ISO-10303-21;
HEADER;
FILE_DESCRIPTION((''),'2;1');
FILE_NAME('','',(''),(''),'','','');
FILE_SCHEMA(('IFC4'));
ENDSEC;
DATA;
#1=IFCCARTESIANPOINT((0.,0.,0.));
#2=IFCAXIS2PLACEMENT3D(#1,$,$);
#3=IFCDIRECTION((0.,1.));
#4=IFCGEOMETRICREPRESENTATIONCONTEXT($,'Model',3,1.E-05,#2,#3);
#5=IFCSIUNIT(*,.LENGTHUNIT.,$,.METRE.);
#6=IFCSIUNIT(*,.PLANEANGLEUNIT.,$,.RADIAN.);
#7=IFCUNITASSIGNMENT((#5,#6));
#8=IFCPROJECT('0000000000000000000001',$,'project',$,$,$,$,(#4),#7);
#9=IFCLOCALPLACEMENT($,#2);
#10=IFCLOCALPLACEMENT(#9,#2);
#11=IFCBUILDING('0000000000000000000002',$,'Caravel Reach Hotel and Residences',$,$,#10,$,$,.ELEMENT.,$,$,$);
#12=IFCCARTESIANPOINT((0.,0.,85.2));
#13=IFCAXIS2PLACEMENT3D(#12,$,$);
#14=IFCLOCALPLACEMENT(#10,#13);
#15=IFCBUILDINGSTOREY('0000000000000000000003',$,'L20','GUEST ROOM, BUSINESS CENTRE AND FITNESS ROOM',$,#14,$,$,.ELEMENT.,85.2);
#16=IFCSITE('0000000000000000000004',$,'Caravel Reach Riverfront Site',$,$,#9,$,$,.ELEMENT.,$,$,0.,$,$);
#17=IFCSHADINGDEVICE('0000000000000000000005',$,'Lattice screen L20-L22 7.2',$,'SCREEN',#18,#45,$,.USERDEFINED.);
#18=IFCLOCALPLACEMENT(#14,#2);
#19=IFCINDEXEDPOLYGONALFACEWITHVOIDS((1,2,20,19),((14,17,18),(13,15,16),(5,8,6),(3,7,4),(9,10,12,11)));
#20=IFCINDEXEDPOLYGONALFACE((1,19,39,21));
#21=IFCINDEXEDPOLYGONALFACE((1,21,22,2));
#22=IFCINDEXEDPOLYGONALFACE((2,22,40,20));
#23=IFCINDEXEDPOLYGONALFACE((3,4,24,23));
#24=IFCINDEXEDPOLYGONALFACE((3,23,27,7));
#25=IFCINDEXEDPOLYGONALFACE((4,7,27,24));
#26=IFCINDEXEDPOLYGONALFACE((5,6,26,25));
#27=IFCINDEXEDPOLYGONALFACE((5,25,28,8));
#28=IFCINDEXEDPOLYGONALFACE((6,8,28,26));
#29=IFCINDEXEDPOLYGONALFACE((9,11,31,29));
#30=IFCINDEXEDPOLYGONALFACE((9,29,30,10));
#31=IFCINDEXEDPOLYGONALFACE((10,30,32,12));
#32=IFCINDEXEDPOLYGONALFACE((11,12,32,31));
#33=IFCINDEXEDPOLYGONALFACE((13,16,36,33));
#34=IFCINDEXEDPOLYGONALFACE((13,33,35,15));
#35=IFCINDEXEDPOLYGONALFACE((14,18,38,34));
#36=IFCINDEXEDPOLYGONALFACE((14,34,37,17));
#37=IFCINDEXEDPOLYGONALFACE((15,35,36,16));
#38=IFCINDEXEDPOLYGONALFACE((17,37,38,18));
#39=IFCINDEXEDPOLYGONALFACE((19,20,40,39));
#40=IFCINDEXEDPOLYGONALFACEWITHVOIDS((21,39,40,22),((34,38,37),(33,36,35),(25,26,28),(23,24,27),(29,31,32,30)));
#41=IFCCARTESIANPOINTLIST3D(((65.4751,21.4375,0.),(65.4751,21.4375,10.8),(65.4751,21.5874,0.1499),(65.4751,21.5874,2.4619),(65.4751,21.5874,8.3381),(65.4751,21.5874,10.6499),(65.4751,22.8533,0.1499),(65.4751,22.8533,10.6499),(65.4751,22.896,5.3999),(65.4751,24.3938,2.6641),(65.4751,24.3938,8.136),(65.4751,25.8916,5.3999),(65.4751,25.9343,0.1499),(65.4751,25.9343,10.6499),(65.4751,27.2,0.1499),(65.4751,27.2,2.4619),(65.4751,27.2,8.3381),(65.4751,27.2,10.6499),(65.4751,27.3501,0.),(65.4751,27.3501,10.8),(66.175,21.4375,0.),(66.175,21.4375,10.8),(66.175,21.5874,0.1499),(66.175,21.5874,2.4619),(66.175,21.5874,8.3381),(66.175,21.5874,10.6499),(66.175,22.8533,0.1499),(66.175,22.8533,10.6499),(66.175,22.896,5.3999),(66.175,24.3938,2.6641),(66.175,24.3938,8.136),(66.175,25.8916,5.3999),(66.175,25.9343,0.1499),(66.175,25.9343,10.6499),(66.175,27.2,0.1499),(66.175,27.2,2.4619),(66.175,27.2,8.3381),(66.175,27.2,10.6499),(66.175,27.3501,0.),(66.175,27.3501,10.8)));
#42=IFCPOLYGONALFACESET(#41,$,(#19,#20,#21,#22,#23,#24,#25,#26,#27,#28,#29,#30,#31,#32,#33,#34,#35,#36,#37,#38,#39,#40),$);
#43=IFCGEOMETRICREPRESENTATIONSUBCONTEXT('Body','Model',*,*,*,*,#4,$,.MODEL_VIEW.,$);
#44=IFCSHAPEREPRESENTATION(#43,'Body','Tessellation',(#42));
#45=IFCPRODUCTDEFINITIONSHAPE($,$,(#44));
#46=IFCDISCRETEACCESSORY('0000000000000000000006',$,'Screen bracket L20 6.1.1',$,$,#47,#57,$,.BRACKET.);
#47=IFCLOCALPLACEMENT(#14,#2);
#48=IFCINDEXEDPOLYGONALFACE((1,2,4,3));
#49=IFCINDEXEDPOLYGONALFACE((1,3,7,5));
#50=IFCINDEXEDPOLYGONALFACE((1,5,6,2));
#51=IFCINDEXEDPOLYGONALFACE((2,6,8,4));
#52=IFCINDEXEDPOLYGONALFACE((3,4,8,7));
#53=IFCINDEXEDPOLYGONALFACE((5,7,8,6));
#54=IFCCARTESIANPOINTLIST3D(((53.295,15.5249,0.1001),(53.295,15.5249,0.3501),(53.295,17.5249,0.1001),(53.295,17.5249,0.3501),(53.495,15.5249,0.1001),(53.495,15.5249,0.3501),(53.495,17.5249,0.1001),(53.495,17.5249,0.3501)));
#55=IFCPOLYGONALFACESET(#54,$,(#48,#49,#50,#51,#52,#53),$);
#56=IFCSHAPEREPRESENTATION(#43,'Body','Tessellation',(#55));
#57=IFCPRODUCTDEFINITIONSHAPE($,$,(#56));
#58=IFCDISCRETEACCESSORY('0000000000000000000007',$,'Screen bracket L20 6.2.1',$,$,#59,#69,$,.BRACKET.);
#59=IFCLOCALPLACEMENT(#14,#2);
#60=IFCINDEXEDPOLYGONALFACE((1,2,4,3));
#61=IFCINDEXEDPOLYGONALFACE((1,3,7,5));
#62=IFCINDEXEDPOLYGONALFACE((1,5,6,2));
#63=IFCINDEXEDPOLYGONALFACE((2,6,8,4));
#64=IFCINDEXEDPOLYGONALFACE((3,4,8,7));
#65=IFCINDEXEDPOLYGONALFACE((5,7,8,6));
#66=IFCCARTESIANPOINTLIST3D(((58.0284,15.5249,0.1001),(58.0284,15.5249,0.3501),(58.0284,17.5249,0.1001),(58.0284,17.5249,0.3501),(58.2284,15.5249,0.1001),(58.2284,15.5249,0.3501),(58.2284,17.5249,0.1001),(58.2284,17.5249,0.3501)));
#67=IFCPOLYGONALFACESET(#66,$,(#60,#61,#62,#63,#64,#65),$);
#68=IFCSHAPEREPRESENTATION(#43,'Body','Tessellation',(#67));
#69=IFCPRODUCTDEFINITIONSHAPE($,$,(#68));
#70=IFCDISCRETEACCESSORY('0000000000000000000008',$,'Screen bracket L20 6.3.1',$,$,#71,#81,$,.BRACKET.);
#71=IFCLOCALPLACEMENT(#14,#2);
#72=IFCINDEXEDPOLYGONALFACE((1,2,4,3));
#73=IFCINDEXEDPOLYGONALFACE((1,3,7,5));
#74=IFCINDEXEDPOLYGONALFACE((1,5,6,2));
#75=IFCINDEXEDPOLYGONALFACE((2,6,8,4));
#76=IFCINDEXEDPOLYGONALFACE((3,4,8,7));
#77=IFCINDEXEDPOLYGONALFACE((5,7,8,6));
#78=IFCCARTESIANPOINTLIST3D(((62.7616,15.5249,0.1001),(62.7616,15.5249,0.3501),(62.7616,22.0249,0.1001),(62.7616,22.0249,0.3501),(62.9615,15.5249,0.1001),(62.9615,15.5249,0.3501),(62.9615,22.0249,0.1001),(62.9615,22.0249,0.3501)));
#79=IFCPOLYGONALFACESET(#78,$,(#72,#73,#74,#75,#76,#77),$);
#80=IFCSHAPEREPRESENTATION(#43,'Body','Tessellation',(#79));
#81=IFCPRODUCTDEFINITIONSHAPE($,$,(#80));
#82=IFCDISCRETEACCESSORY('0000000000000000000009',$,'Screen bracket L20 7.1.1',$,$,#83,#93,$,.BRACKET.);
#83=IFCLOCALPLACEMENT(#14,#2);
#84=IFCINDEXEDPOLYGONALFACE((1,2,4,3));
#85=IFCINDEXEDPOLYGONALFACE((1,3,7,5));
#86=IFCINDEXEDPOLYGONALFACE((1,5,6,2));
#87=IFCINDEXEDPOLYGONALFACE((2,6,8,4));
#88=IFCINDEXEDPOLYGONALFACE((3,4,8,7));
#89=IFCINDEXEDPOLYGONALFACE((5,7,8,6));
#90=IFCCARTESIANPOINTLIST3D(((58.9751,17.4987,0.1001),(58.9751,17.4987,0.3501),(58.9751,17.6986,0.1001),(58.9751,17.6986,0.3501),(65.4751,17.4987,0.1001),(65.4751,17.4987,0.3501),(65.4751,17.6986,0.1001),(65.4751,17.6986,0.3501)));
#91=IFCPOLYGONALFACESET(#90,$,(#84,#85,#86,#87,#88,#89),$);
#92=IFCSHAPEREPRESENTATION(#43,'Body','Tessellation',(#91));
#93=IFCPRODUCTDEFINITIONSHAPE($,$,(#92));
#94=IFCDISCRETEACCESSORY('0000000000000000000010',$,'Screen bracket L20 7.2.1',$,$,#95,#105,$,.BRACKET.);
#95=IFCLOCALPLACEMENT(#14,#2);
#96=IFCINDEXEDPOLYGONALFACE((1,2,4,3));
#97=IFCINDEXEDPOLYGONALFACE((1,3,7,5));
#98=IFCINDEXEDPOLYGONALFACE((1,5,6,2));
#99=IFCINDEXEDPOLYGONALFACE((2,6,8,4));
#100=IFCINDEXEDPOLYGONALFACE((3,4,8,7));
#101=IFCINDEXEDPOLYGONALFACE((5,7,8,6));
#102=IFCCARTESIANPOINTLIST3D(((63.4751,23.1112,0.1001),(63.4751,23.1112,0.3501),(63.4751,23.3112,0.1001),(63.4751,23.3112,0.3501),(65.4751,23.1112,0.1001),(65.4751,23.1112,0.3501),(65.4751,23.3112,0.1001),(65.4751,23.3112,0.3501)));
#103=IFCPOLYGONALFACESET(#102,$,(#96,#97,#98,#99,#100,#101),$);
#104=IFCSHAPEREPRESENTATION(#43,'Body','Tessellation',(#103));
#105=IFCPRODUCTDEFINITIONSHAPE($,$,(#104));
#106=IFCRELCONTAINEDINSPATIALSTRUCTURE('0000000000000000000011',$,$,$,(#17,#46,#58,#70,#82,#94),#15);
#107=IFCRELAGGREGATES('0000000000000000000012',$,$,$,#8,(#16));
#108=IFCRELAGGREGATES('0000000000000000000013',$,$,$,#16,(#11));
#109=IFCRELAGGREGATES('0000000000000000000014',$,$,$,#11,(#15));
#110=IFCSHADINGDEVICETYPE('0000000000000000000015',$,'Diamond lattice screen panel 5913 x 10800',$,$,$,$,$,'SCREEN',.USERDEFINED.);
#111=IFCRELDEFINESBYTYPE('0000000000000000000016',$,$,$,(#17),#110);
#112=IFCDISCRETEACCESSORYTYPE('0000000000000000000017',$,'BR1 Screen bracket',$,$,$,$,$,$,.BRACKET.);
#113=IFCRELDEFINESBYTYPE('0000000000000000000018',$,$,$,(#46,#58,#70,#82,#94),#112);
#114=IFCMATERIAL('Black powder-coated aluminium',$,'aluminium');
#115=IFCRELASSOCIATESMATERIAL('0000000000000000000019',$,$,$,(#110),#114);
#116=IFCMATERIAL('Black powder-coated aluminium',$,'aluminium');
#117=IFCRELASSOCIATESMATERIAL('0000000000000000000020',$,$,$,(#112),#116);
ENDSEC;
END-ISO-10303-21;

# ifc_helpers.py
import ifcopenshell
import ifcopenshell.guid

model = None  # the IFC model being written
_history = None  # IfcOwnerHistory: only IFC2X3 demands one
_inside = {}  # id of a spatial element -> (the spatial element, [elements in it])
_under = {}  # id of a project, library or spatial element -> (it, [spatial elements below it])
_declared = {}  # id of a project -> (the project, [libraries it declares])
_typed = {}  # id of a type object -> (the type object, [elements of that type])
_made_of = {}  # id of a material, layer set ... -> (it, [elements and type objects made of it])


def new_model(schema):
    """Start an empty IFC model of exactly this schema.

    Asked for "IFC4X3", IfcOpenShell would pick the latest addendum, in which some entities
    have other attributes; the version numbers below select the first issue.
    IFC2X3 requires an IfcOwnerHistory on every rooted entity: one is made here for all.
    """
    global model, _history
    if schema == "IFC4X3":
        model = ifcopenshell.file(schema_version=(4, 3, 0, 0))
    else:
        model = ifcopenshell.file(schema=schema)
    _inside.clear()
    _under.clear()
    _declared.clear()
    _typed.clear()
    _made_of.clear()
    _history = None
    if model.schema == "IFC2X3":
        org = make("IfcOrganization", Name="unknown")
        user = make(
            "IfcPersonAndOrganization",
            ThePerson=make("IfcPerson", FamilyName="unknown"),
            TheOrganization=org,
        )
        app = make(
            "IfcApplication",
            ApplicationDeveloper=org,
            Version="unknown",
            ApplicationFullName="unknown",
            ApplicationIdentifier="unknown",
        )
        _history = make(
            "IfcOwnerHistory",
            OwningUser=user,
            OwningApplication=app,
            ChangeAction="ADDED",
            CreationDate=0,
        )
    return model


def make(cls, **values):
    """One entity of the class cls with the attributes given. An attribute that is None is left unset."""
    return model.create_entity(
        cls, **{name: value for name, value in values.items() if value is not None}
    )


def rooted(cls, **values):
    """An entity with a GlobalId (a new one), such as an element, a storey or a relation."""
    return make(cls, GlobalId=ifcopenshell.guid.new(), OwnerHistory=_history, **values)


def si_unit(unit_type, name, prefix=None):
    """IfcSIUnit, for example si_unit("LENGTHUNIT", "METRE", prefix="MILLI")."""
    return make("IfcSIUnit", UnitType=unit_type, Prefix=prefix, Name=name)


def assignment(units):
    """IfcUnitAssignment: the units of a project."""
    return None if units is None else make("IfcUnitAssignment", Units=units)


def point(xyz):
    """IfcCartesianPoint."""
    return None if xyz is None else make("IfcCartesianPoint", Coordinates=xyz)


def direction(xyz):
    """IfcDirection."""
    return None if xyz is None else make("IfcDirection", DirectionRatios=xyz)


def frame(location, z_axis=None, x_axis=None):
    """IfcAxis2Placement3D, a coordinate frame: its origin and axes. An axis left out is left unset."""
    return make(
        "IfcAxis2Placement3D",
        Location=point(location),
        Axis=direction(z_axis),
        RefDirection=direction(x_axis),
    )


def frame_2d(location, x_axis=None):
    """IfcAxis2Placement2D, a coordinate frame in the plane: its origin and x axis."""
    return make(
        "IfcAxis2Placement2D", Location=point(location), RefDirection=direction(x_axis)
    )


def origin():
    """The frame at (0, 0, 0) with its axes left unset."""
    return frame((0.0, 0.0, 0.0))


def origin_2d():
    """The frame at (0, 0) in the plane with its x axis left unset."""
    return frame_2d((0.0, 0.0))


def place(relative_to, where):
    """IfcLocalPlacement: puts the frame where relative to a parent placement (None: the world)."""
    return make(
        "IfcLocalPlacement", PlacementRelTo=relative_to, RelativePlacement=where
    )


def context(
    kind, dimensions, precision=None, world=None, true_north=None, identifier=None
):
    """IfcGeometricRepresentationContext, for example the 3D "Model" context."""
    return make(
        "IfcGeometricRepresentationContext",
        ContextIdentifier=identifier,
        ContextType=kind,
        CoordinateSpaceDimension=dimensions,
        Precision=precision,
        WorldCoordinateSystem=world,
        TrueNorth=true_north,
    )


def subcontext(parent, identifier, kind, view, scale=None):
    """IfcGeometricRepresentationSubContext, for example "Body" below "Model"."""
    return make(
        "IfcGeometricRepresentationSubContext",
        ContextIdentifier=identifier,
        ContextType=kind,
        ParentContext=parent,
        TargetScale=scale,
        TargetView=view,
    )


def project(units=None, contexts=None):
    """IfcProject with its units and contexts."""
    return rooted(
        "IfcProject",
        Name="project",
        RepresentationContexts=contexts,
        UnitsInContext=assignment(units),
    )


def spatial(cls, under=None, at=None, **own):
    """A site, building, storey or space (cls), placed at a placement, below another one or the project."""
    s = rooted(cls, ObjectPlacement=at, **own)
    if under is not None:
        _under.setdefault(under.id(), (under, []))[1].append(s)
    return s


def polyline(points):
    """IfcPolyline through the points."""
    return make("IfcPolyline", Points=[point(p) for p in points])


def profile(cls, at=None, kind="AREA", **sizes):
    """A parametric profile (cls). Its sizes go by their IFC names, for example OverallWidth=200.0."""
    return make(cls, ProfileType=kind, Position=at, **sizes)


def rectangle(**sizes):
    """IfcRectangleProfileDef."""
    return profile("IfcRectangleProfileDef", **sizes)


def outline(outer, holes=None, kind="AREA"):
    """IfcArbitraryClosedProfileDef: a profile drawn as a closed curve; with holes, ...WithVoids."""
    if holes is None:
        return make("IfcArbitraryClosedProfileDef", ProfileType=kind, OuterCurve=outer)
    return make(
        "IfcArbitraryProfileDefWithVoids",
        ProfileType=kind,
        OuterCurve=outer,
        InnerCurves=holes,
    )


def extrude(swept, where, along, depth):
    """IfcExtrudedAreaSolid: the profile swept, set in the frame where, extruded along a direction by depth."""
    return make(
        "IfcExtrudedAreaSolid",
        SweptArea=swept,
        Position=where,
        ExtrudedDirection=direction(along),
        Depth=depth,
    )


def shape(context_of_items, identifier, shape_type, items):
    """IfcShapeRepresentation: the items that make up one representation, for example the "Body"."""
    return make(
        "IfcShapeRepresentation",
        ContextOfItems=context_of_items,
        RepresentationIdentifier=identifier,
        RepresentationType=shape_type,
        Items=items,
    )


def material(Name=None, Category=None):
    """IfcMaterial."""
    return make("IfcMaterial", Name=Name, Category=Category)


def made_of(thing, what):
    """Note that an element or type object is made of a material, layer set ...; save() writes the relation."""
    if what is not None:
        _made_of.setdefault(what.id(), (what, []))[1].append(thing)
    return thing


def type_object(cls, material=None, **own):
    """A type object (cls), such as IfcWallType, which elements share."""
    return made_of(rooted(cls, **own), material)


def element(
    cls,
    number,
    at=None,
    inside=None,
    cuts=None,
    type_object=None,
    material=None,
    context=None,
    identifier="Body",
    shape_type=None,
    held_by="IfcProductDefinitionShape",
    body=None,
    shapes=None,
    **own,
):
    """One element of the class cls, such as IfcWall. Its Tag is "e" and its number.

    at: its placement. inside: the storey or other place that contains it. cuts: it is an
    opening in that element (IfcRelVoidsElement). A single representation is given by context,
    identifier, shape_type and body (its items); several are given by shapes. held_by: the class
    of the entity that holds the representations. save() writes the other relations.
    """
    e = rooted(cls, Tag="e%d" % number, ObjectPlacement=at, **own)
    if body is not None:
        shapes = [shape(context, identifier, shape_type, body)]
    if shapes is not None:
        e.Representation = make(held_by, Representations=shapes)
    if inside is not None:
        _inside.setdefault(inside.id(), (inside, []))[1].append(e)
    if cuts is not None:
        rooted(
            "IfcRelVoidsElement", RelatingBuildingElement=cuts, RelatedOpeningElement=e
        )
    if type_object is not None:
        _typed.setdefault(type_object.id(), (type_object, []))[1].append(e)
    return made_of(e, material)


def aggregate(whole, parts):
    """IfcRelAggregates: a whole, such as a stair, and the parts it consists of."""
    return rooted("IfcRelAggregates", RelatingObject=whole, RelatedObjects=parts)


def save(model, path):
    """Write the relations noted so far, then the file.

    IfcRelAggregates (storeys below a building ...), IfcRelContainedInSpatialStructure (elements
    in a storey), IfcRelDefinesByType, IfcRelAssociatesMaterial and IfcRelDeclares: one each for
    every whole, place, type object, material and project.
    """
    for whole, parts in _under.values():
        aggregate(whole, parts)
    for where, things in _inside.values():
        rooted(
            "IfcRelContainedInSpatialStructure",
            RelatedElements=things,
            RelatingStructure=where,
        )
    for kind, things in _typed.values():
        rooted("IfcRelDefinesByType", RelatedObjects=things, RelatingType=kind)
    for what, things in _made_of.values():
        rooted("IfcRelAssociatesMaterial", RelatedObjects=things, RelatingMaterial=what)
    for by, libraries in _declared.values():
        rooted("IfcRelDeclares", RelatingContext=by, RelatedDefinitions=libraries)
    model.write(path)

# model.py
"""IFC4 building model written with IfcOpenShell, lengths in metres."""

from ifc_helpers import new_model, si_unit, direction, frame, origin, origin_2d, place, context, subcontext, project, spatial, polyline, rectangle, outline, extrude, material, type_object, element, save


model = new_model("IFC4")

# Units and contexts
model_context = context("Model", 3, precision=1e-05, world=origin(), true_north=direction((0.0, 1.0)))
body_context = subcontext(model_context, "Body", "Model", "MODEL_VIEW")
ifc_project = project(units=[si_unit("LENGTHUNIT", "METRE"), si_unit("PLANEANGLEUNIT", "RADIAN")], contexts=[model_context])

# Site, building, storey
site_placement = place(None, origin())
site = spatial("IfcSite", under=ifc_project, at=site_placement, Name="Caravel Reach Riverfront Site", CompositionType="ELEMENT", RefElevation=0.0)
building_placement = place(site_placement, origin())
building = spatial("IfcBuilding", under=site, at=building_placement, Name="Caravel Reach Hotel and Residences", CompositionType="ELEMENT")
storey_placement = place(building_placement, frame((0.0, 0.0, 85.2)))
storey = spatial("IfcBuildingStorey", under=building, at=storey_placement, Name="L20", Description="GUEST ROOM, BUSINESS CENTRE AND FITNESS ROOM", CompositionType="ELEMENT", Elevation=85.2)

# Shading device
ifc_material_1 = material(Name="Black powder-coated aluminium", Category="aluminium")
shading_device_type_1 = type_object("IfcShadingDeviceType", Name="Diamond lattice screen panel 5913 x 10800", ElementType="SCREEN", PredefinedType="USERDEFINED", material=ifc_material_1)
for number, where, z_axis, x_axis, name in (
    (1, (65.4751, 21.4375, 0.0), (1.0, 0.0, 0.0), (0.0, 1.0, 0.0), "Lattice screen L20-L22 7.2"),
):
    element("IfcShadingDevice", number, at=place(storey_placement, frame(where, z_axis=z_axis, x_axis=x_axis)), inside=storey, type_object=shading_device_type_1, Name=name, ObjectType="SCREEN", PredefinedType="USERDEFINED", context=body_context, shape_type="SweptSolid", body=[
        extrude(outline(polyline([(0.0, 0.0), (5.9126, 0.0), (5.9126, 10.8), (0.0, 10.8), (0.0, 0.0)]), holes=[polyline([(1.4158, 0.1499), (0.1499, 2.4619), (0.1499, 0.1499), (1.4158, 0.1499)]), polyline([(0.1499, 8.3381), (1.4158, 10.6499), (0.1499, 10.6499), (0.1499, 8.3381)]), polyline([(2.9563, 8.136), (1.4585, 5.3999), (2.9563, 2.6641), (4.4541, 5.3999), (2.9563, 8.136)]), polyline([(5.7625, 2.4619), (4.4968, 0.1499), (5.7625, 0.1499), (5.7625, 2.4619)]), polyline([(4.4968, 10.6499), (5.7625, 8.3381), (5.7625, 10.6499), (4.4968, 10.6499)])]), origin(), (0.0, 0.0, 1.0), 0.7),
    ])

# Discrete accessories
ifc_material_2 = material(Name="Black powder-coated aluminium", Category="aluminium")
discrete_accessory_type = type_object("IfcDiscreteAccessoryType", Name="BR1 Screen bracket", PredefinedType="BRACKET", material=ifc_material_2)
for number, where, z_axis, x_axis, name in (
    (2, (53.395, 16.5249, 0.1001), (0.0, 0.0, 1.0), (0.0, -1.0, 0.0), "Screen bracket L20 6.1.1"),
    (3, (58.1284, 16.5249, 0.1001), (0.0, 0.0, 1.0), (0.0, -1.0, 0.0), "Screen bracket L20 6.2.1"),
):
    element("IfcDiscreteAccessory", number, at=place(storey_placement, frame(where, z_axis=z_axis, x_axis=x_axis)), inside=storey, type_object=discrete_accessory_type, Name=name, PredefinedType="BRACKET", context=body_context, shape_type="SweptSolid", body=[
        extrude(rectangle(XDim=2.0, YDim=0.2, at=origin_2d()), origin(), (0.0, 0.0, 1.0), 0.25),
    ])
for number, where, z_axis, x_axis, name in (
    (4, (62.8616, 18.7749, 0.1001), (0.0, 0.0, 1.0), (0.0, -1.0, 0.0), "Screen bracket L20 6.3.1"),
    (5, (62.2251, 17.5986, 0.1001), (0.0, 0.0, 1.0), (1.0, 0.0, 0.0), "Screen bracket L20 7.1.1"),
):
    element("IfcDiscreteAccessory", number, at=place(storey_placement, frame(where, z_axis=z_axis, x_axis=x_axis)), inside=storey, type_object=discrete_accessory_type, Name=name, PredefinedType="BRACKET", context=body_context, shape_type="SweptSolid", body=[
        extrude(rectangle(XDim=6.5, YDim=0.2, at=origin_2d()), origin(), (0.0, 0.0, 1.0), 0.25),
    ])
discrete_accessory_placement = place(storey_placement, frame((64.4751, 23.2112, 0.1001), z_axis=(0.0, 0.0, 1.0), x_axis=(1.0, 0.0, 0.0)))
element("IfcDiscreteAccessory", 6, at=discrete_accessory_placement, inside=storey, type_object=discrete_accessory_type, Name="Screen bracket L20 7.2.1", PredefinedType="BRACKET", context=body_context, shape_type="SweptSolid", body=[
    extrude(rectangle(XDim=2.0, YDim=0.2, at=origin_2d()), origin(), (0.0, 0.0, 1.0), 0.25),
])

save(model, "model.ifc")
